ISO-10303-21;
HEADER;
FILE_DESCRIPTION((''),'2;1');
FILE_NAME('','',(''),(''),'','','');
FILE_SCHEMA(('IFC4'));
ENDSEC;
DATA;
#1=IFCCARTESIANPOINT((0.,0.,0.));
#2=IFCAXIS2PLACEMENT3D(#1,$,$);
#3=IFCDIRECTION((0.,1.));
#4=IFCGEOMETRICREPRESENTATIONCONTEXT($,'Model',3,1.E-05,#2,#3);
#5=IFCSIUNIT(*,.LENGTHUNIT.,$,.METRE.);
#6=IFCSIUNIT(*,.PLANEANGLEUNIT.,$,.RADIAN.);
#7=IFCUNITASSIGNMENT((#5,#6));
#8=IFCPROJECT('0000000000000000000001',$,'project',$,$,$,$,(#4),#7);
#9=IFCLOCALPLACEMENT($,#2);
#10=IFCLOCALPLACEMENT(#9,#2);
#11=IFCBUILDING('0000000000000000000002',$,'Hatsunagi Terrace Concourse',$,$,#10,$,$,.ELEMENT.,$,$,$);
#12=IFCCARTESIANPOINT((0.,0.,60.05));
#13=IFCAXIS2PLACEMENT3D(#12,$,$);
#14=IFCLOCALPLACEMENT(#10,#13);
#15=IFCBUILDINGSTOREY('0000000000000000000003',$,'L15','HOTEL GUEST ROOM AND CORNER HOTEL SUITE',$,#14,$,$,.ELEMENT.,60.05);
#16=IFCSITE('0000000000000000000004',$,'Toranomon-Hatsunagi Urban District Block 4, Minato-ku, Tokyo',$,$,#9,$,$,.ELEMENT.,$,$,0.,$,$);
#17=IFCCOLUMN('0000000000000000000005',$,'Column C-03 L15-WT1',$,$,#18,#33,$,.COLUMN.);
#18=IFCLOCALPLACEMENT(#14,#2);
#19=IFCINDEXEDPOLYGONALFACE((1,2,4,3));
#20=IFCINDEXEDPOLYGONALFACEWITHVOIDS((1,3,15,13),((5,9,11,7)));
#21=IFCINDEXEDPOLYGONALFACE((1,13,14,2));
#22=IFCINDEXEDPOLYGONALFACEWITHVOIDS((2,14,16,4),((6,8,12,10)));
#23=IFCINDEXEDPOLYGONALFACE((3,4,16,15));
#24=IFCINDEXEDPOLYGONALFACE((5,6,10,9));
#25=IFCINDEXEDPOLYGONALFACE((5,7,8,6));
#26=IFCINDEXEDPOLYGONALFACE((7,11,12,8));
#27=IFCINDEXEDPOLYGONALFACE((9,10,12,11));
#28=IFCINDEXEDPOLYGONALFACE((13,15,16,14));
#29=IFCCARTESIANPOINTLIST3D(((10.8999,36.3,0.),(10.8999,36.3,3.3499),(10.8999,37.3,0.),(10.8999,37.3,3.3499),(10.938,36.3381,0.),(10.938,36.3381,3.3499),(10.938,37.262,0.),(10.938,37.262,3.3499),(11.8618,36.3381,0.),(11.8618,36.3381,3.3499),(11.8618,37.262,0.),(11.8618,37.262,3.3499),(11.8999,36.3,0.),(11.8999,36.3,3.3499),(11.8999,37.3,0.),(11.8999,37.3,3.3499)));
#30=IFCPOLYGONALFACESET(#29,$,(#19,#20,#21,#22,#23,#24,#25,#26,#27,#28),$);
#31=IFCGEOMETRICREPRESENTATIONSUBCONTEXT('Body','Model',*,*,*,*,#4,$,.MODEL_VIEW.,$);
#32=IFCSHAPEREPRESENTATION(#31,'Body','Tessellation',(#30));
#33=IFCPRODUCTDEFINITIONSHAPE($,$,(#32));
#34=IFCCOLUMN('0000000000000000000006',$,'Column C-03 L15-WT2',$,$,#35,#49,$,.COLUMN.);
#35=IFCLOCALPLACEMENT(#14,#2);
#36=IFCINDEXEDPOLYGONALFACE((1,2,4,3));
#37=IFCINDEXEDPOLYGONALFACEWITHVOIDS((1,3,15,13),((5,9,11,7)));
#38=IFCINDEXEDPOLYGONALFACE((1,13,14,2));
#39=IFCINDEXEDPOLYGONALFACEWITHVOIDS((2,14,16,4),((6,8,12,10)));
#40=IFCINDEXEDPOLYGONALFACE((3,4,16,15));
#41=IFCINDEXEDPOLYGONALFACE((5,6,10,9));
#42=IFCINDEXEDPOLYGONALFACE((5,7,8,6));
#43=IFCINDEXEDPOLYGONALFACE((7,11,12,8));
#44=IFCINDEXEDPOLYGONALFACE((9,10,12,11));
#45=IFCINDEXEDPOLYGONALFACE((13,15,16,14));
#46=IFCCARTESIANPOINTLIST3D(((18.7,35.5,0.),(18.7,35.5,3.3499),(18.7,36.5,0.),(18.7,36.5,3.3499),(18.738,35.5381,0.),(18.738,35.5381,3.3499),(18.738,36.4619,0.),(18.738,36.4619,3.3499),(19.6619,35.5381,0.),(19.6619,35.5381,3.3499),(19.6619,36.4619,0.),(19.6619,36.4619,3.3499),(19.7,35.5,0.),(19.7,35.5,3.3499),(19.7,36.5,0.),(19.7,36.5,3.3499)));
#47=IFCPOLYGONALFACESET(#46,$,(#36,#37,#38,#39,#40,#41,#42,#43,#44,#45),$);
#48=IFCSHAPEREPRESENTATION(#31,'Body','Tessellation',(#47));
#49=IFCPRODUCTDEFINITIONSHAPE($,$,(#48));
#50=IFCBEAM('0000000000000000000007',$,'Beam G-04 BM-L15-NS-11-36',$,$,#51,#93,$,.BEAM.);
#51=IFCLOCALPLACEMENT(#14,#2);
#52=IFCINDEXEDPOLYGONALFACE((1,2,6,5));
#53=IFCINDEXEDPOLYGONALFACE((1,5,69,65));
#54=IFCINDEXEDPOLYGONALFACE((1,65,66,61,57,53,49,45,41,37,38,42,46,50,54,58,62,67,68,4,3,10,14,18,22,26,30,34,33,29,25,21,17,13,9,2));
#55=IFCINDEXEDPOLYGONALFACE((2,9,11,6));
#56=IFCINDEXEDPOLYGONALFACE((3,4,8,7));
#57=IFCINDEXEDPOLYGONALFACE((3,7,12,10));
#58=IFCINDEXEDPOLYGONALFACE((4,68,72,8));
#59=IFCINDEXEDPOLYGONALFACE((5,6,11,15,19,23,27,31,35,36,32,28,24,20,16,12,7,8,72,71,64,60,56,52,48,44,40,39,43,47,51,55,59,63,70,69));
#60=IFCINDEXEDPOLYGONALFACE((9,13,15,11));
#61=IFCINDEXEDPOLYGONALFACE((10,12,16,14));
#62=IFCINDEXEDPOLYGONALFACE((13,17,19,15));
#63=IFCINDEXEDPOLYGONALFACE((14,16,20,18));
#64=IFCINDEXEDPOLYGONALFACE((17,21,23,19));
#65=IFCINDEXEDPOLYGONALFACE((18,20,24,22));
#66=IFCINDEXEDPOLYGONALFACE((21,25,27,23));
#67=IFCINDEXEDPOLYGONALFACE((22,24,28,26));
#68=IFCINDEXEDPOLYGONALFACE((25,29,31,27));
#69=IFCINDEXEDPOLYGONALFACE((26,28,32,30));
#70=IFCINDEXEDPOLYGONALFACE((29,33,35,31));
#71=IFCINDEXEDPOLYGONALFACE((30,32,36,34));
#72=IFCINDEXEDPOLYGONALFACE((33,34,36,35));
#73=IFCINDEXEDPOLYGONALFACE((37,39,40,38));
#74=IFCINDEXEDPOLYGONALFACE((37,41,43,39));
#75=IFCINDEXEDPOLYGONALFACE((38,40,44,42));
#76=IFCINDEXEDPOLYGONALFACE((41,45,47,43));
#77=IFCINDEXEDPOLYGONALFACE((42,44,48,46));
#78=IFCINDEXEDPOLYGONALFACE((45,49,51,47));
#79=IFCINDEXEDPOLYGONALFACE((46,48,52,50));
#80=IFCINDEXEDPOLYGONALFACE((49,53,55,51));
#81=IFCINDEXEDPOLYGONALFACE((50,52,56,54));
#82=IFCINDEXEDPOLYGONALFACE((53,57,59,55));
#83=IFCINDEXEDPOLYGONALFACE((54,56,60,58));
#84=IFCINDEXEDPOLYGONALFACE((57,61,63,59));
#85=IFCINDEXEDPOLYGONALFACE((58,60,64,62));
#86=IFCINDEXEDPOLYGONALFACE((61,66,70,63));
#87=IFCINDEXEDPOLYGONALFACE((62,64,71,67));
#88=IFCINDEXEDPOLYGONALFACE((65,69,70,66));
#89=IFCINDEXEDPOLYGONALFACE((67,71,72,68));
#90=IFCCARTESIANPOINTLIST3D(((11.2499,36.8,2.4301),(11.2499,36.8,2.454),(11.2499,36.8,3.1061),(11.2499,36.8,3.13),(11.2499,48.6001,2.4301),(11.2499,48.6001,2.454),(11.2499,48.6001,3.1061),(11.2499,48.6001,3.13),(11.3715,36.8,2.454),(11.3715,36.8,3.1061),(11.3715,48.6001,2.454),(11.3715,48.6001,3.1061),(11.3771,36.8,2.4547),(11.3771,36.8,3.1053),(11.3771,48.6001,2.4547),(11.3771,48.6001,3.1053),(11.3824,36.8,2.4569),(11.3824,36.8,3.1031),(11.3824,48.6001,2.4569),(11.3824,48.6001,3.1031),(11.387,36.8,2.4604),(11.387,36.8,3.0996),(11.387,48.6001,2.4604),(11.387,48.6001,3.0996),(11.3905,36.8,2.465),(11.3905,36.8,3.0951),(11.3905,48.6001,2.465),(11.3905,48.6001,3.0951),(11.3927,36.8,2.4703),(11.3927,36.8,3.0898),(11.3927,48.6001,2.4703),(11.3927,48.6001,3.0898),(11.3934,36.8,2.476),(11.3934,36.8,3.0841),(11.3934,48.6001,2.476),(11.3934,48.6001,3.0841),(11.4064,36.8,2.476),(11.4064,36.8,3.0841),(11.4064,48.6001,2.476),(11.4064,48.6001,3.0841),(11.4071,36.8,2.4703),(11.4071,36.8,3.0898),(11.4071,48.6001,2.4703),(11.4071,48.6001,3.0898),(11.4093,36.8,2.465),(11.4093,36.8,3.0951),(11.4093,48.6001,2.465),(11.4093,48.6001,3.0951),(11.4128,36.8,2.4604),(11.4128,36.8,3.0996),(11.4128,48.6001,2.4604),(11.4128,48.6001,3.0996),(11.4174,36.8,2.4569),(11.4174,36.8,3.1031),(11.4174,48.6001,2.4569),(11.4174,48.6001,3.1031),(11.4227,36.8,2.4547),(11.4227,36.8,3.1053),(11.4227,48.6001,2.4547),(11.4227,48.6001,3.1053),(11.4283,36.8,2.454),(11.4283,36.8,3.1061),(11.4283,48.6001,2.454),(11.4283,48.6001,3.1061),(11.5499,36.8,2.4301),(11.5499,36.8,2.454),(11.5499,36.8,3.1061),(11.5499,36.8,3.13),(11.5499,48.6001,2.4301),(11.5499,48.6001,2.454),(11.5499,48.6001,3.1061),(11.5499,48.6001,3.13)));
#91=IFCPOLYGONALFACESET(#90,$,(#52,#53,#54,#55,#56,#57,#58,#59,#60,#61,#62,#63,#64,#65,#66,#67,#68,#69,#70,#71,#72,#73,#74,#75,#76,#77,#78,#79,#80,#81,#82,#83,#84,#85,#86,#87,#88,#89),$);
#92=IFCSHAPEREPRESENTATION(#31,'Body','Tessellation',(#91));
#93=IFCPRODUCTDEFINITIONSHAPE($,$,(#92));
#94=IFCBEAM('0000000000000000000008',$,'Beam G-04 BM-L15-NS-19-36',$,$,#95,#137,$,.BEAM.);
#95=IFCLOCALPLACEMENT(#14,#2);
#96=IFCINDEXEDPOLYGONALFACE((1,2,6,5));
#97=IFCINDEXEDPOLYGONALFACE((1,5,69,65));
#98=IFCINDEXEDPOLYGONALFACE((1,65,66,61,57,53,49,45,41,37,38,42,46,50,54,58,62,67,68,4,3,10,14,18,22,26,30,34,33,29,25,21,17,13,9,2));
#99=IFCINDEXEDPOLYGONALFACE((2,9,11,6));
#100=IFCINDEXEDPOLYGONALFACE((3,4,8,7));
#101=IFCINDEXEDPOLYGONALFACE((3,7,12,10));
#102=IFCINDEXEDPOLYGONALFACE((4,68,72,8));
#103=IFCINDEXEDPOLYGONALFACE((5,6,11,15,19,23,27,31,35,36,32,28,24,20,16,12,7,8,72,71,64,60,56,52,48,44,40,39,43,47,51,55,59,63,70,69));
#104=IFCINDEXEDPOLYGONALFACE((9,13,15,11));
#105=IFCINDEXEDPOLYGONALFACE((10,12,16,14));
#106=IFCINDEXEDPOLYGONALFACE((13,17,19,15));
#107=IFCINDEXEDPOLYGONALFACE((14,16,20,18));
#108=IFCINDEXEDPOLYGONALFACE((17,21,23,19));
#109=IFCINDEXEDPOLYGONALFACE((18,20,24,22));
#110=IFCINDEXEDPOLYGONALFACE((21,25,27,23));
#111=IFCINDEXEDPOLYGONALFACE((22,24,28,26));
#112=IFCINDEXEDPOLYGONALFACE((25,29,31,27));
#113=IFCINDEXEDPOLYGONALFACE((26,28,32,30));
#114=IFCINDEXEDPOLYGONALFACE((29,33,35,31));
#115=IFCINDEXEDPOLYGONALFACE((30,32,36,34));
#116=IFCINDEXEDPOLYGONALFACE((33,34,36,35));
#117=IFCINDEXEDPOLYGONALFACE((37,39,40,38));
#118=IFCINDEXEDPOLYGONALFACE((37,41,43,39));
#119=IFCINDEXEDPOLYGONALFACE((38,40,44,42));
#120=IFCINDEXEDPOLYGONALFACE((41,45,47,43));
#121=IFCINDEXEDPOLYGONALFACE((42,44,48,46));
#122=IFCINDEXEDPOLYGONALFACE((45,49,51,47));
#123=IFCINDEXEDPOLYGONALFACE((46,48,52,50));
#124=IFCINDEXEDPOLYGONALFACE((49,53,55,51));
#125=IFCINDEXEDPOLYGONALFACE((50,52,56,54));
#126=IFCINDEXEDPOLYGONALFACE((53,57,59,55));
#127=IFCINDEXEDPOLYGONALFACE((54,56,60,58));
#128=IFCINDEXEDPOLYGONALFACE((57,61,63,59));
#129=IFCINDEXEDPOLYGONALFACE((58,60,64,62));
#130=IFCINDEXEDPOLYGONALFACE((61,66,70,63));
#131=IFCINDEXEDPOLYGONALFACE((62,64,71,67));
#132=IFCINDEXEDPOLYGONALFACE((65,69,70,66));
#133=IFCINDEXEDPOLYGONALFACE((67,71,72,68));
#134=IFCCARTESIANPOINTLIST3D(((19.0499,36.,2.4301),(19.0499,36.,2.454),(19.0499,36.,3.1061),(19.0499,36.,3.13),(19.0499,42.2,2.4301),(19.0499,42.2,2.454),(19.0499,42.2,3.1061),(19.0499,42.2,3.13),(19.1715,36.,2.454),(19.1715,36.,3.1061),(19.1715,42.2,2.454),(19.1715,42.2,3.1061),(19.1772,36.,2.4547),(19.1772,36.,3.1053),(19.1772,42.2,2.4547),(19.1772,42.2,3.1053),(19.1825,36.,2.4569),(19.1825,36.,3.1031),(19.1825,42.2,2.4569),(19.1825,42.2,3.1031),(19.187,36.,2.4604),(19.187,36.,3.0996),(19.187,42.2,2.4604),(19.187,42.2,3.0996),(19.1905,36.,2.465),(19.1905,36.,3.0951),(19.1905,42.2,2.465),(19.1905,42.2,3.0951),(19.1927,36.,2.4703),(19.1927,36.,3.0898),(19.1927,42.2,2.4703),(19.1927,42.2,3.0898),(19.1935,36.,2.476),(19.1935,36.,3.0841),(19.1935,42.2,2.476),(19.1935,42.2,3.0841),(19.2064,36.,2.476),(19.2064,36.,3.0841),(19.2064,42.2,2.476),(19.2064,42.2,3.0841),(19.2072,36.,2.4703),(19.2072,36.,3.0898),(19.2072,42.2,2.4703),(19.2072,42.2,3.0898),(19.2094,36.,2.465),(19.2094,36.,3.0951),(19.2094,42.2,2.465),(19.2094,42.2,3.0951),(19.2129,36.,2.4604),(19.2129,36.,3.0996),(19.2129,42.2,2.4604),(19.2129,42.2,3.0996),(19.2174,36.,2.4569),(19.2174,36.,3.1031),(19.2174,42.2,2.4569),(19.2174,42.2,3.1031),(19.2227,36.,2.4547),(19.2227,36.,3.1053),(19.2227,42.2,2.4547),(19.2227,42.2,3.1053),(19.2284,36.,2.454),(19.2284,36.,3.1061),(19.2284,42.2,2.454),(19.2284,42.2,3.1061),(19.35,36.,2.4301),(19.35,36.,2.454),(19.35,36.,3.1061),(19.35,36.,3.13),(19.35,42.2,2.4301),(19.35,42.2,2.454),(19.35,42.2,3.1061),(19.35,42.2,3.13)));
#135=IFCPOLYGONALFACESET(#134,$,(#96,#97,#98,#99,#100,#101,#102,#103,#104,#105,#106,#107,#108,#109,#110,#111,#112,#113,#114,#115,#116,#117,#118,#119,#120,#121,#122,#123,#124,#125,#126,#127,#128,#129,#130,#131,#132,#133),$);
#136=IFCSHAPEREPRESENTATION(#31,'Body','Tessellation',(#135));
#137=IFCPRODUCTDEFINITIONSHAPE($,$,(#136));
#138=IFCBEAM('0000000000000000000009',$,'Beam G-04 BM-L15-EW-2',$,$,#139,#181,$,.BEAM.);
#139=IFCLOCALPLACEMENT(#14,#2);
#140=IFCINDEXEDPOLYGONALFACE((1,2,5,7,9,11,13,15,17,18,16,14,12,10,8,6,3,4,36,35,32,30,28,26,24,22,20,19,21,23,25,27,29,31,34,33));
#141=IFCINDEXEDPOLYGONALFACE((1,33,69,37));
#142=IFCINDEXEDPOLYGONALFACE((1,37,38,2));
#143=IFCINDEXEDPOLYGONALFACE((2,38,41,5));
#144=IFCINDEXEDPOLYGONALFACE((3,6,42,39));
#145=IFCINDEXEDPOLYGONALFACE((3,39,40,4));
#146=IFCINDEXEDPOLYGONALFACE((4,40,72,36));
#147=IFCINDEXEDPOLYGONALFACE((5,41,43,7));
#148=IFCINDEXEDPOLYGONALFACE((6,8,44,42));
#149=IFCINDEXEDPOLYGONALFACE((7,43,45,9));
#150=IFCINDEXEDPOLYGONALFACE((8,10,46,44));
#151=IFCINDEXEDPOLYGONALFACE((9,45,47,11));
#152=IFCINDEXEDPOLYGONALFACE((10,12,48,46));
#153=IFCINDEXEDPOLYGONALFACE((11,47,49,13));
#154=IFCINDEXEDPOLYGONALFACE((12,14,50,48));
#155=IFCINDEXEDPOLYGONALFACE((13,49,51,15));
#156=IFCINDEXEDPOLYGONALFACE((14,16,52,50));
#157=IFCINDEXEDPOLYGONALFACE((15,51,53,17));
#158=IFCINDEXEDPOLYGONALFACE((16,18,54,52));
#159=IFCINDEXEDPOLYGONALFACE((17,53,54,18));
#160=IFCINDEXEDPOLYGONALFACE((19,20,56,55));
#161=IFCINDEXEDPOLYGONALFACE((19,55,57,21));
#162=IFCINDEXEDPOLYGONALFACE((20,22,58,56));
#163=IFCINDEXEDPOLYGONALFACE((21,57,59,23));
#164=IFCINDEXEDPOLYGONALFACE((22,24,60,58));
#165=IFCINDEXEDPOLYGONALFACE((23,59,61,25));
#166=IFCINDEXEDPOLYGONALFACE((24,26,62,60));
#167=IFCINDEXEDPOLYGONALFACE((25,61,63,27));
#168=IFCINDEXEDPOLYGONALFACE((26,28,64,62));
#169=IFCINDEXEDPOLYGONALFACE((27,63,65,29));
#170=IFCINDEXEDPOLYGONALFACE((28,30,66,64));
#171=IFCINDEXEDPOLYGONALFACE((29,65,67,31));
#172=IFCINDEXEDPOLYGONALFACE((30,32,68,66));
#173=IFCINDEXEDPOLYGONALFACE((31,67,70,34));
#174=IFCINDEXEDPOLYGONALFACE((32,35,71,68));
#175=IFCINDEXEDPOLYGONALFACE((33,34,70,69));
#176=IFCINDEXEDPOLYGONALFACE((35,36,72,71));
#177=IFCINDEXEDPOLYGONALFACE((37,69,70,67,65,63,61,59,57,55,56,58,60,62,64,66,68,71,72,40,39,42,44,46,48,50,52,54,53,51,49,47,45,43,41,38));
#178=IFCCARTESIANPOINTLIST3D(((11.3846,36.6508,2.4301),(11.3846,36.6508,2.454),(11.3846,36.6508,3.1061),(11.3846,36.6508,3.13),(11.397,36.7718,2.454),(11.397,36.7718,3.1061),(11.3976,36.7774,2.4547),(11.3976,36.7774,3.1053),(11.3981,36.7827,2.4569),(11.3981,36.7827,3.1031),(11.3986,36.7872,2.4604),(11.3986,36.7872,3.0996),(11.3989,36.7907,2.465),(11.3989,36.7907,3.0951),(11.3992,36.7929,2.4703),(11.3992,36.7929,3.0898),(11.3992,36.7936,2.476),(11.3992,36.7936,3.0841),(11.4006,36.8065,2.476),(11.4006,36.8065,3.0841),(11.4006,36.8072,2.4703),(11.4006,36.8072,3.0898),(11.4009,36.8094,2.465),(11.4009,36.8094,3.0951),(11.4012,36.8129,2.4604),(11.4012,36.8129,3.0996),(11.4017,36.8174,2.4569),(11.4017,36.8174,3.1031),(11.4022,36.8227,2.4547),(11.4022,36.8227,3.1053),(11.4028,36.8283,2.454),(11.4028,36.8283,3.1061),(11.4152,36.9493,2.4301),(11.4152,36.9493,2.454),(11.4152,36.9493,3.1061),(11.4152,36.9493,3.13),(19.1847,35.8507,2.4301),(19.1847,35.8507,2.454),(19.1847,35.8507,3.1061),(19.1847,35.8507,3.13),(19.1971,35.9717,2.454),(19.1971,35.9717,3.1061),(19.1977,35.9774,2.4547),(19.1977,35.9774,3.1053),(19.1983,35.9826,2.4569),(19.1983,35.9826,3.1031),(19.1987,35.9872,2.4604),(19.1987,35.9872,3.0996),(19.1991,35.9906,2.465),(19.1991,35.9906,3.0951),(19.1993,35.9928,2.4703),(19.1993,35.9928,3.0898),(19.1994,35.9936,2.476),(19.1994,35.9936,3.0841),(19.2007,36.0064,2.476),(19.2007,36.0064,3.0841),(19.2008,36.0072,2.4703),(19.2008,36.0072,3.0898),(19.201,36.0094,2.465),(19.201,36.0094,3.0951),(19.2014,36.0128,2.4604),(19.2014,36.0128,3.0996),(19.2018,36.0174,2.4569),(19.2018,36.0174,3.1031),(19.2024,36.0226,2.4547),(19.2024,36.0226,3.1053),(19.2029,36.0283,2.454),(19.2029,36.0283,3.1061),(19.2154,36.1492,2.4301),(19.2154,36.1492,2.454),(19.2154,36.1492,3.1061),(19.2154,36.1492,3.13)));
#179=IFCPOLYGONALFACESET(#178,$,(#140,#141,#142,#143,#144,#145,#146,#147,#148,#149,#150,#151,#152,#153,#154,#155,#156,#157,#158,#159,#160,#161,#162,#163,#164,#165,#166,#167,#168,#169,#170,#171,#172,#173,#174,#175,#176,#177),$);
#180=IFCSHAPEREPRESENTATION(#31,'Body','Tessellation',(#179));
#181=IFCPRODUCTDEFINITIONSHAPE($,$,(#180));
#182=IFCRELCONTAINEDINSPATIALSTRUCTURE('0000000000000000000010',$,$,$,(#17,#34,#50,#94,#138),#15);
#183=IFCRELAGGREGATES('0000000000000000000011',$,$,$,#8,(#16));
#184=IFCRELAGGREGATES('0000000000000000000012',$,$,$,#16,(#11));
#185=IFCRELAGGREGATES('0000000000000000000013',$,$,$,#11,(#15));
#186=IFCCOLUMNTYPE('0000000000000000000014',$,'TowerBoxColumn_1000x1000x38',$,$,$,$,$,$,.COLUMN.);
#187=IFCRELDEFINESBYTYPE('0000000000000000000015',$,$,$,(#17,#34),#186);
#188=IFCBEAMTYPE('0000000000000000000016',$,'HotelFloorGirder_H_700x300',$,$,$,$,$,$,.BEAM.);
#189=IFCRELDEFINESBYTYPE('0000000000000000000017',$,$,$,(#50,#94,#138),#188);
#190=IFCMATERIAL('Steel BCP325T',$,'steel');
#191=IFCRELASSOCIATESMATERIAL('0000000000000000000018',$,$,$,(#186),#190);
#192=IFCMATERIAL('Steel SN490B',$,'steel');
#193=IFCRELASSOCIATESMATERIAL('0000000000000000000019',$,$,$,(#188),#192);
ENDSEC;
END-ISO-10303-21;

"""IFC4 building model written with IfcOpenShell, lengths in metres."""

from ifc_helpers import new_model, si_unit, direction, frame, origin, origin_2d, place, context, subcontext, project, spatial, hollow_rectangle, i_section, extrude, material, material_profile, profile_set, type_object, element, save


model = new_model("IFC4")

# Units and contexts
model_context = context("Model", 3, precision=1e-05, world=origin(), true_north=direction((0.0, 1.0)))
body_context = subcontext(model_context, "Body", "Model", "MODEL_VIEW")
ifc_project = project(units=[si_unit("LENGTHUNIT", "METRE"), si_unit("PLANEANGLEUNIT", "RADIAN")], contexts=[model_context])

# Site, building, storey
site_placement = place(None, origin())
site = spatial("IfcSite", under=ifc_project, at=site_placement, Name="Toranomon-Hatsunagi Urban District Block 4, Minato-ku, Tokyo", CompositionType="ELEMENT", RefElevation=0.0)
building_placement = place(site_placement, origin())
building = spatial("IfcBuilding", under=site, at=building_placement, Name="Hatsunagi Terrace Concourse", CompositionType="ELEMENT")
storey_placement = place(building_placement, frame((0.0, 0.0, 60.05)))
storey = spatial("IfcBuildingStorey", under=building, at=storey_placement, Name="L15", Description="HOTEL GUEST ROOM AND CORNER HOTEL SUITE", CompositionType="ELEMENT", Elevation=60.05)

# Columns
ifc_material_1 = material(Name="Steel BCP325T", Category="steel")
ifc_material_profile_1 = material_profile(ifc_material_1, hollow_rectangle(XDim=1.0, YDim=1.0, WallThickness=0.0381, at=origin_2d()), Name="BCP-1000x1000x38")
ifc_profile_set_1 = profile_set([ifc_material_profile_1], Name="Steel BCP325T")
column_type = type_object("IfcColumnType", Name="TowerBoxColumn_1000x1000x38", PredefinedType="COLUMN", material=ifc_profile_set_1)
for number, where, z_axis, x_axis, name in (
    (1, (11.3999, 36.8, 0.0), (0.0, 0.0, 1.0), (1.0, 0.0, 0.0), "Column C-03 L15-WT1"),
    (2, (19.2, 36.0, 0.0), (0.0, 0.0, 1.0), (1.0, 0.0, 0.0), "Column C-03 L15-WT2"),
):
    element("IfcColumn", number, at=place(storey_placement, frame(where, z_axis=z_axis, x_axis=x_axis)), inside=storey, type_object=column_type, Name=name, PredefinedType="COLUMN", context=body_context, shape_type="SweptSolid", body=[
        extrude(hollow_rectangle(XDim=1.0, YDim=1.0, WallThickness=0.0381, at=origin_2d()), origin(), (0.0, 0.0, 1.0), 3.3499),
    ])

# Beams
ifc_material_2 = material(Name="Steel SN490B", Category="steel")
ifc_material_profile_2 = material_profile(ifc_material_2, i_section(OverallWidth=0.3, OverallDepth=0.7, WebThickness=0.0129, FlangeThickness=0.0239, FilletRadius=0.022, at=origin_2d()), Name="H-700x300x13x24")
ifc_profile_set_2 = profile_set([ifc_material_profile_2], Name="Steel SN490B")
beam_type_1 = type_object("IfcBeamType", Name="HotelFloorGirder_H_700x300", PredefinedType="BEAM", material=ifc_profile_set_2)
beam_1_placement = place(storey_placement, frame((11.3999, 36.8, 2.78), z_axis=(0.0, 1.0, 0.0), x_axis=(-1.0, 0.0, 0.0)))
element("IfcBeam", 3, at=beam_1_placement, inside=storey, type_object=beam_type_1, Name="Beam G-04 BM-L15-NS-11-36", PredefinedType="BEAM", context=body_context, shape_type="SweptSolid", body=[
    extrude(i_section(OverallWidth=0.3, OverallDepth=0.7, WebThickness=0.0129, FlangeThickness=0.0239, FilletRadius=0.022, at=origin_2d()), origin(), (0.0, 0.0, 1.0), 11.8),
])
beam_2_placement = place(storey_placement, frame((19.2, 36.0, 2.78), z_axis=(0.0, 1.0, 0.0), x_axis=(-1.0, 0.0, 0.0)))
element("IfcBeam", 4, at=beam_2_placement, inside=storey, type_object=beam_type_1, Name="Beam G-04 BM-L15-NS-19-36", PredefinedType="BEAM", context=body_context, shape_type="SweptSolid", body=[
    extrude(i_section(OverallWidth=0.3, OverallDepth=0.7, WebThickness=0.0129, FlangeThickness=0.0239, FilletRadius=0.022, at=origin_2d()), origin(), (0.0, 0.0, 1.0), 6.2),
])
beam_3_placement = place(storey_placement, frame((11.3999, 36.8, 2.78), z_axis=(0.994781, -0.102034, 0.0), x_axis=(0.102034, 0.994781, 0.0)))
element("IfcBeam", 5, at=beam_3_placement, inside=storey, type_object=beam_type_1, Name="Beam G-04 BM-L15-EW-2", PredefinedType="BEAM", context=body_context, shape_type="SweptSolid", body=[
    extrude(i_section(OverallWidth=0.3, OverallDepth=0.7, WebThickness=0.0129, FlangeThickness=0.0239, FilletRadius=0.022, at=origin_2d()), origin(), (0.0, 0.0, 1.0), 7.8411),
])

save(model, "model.ifc")
